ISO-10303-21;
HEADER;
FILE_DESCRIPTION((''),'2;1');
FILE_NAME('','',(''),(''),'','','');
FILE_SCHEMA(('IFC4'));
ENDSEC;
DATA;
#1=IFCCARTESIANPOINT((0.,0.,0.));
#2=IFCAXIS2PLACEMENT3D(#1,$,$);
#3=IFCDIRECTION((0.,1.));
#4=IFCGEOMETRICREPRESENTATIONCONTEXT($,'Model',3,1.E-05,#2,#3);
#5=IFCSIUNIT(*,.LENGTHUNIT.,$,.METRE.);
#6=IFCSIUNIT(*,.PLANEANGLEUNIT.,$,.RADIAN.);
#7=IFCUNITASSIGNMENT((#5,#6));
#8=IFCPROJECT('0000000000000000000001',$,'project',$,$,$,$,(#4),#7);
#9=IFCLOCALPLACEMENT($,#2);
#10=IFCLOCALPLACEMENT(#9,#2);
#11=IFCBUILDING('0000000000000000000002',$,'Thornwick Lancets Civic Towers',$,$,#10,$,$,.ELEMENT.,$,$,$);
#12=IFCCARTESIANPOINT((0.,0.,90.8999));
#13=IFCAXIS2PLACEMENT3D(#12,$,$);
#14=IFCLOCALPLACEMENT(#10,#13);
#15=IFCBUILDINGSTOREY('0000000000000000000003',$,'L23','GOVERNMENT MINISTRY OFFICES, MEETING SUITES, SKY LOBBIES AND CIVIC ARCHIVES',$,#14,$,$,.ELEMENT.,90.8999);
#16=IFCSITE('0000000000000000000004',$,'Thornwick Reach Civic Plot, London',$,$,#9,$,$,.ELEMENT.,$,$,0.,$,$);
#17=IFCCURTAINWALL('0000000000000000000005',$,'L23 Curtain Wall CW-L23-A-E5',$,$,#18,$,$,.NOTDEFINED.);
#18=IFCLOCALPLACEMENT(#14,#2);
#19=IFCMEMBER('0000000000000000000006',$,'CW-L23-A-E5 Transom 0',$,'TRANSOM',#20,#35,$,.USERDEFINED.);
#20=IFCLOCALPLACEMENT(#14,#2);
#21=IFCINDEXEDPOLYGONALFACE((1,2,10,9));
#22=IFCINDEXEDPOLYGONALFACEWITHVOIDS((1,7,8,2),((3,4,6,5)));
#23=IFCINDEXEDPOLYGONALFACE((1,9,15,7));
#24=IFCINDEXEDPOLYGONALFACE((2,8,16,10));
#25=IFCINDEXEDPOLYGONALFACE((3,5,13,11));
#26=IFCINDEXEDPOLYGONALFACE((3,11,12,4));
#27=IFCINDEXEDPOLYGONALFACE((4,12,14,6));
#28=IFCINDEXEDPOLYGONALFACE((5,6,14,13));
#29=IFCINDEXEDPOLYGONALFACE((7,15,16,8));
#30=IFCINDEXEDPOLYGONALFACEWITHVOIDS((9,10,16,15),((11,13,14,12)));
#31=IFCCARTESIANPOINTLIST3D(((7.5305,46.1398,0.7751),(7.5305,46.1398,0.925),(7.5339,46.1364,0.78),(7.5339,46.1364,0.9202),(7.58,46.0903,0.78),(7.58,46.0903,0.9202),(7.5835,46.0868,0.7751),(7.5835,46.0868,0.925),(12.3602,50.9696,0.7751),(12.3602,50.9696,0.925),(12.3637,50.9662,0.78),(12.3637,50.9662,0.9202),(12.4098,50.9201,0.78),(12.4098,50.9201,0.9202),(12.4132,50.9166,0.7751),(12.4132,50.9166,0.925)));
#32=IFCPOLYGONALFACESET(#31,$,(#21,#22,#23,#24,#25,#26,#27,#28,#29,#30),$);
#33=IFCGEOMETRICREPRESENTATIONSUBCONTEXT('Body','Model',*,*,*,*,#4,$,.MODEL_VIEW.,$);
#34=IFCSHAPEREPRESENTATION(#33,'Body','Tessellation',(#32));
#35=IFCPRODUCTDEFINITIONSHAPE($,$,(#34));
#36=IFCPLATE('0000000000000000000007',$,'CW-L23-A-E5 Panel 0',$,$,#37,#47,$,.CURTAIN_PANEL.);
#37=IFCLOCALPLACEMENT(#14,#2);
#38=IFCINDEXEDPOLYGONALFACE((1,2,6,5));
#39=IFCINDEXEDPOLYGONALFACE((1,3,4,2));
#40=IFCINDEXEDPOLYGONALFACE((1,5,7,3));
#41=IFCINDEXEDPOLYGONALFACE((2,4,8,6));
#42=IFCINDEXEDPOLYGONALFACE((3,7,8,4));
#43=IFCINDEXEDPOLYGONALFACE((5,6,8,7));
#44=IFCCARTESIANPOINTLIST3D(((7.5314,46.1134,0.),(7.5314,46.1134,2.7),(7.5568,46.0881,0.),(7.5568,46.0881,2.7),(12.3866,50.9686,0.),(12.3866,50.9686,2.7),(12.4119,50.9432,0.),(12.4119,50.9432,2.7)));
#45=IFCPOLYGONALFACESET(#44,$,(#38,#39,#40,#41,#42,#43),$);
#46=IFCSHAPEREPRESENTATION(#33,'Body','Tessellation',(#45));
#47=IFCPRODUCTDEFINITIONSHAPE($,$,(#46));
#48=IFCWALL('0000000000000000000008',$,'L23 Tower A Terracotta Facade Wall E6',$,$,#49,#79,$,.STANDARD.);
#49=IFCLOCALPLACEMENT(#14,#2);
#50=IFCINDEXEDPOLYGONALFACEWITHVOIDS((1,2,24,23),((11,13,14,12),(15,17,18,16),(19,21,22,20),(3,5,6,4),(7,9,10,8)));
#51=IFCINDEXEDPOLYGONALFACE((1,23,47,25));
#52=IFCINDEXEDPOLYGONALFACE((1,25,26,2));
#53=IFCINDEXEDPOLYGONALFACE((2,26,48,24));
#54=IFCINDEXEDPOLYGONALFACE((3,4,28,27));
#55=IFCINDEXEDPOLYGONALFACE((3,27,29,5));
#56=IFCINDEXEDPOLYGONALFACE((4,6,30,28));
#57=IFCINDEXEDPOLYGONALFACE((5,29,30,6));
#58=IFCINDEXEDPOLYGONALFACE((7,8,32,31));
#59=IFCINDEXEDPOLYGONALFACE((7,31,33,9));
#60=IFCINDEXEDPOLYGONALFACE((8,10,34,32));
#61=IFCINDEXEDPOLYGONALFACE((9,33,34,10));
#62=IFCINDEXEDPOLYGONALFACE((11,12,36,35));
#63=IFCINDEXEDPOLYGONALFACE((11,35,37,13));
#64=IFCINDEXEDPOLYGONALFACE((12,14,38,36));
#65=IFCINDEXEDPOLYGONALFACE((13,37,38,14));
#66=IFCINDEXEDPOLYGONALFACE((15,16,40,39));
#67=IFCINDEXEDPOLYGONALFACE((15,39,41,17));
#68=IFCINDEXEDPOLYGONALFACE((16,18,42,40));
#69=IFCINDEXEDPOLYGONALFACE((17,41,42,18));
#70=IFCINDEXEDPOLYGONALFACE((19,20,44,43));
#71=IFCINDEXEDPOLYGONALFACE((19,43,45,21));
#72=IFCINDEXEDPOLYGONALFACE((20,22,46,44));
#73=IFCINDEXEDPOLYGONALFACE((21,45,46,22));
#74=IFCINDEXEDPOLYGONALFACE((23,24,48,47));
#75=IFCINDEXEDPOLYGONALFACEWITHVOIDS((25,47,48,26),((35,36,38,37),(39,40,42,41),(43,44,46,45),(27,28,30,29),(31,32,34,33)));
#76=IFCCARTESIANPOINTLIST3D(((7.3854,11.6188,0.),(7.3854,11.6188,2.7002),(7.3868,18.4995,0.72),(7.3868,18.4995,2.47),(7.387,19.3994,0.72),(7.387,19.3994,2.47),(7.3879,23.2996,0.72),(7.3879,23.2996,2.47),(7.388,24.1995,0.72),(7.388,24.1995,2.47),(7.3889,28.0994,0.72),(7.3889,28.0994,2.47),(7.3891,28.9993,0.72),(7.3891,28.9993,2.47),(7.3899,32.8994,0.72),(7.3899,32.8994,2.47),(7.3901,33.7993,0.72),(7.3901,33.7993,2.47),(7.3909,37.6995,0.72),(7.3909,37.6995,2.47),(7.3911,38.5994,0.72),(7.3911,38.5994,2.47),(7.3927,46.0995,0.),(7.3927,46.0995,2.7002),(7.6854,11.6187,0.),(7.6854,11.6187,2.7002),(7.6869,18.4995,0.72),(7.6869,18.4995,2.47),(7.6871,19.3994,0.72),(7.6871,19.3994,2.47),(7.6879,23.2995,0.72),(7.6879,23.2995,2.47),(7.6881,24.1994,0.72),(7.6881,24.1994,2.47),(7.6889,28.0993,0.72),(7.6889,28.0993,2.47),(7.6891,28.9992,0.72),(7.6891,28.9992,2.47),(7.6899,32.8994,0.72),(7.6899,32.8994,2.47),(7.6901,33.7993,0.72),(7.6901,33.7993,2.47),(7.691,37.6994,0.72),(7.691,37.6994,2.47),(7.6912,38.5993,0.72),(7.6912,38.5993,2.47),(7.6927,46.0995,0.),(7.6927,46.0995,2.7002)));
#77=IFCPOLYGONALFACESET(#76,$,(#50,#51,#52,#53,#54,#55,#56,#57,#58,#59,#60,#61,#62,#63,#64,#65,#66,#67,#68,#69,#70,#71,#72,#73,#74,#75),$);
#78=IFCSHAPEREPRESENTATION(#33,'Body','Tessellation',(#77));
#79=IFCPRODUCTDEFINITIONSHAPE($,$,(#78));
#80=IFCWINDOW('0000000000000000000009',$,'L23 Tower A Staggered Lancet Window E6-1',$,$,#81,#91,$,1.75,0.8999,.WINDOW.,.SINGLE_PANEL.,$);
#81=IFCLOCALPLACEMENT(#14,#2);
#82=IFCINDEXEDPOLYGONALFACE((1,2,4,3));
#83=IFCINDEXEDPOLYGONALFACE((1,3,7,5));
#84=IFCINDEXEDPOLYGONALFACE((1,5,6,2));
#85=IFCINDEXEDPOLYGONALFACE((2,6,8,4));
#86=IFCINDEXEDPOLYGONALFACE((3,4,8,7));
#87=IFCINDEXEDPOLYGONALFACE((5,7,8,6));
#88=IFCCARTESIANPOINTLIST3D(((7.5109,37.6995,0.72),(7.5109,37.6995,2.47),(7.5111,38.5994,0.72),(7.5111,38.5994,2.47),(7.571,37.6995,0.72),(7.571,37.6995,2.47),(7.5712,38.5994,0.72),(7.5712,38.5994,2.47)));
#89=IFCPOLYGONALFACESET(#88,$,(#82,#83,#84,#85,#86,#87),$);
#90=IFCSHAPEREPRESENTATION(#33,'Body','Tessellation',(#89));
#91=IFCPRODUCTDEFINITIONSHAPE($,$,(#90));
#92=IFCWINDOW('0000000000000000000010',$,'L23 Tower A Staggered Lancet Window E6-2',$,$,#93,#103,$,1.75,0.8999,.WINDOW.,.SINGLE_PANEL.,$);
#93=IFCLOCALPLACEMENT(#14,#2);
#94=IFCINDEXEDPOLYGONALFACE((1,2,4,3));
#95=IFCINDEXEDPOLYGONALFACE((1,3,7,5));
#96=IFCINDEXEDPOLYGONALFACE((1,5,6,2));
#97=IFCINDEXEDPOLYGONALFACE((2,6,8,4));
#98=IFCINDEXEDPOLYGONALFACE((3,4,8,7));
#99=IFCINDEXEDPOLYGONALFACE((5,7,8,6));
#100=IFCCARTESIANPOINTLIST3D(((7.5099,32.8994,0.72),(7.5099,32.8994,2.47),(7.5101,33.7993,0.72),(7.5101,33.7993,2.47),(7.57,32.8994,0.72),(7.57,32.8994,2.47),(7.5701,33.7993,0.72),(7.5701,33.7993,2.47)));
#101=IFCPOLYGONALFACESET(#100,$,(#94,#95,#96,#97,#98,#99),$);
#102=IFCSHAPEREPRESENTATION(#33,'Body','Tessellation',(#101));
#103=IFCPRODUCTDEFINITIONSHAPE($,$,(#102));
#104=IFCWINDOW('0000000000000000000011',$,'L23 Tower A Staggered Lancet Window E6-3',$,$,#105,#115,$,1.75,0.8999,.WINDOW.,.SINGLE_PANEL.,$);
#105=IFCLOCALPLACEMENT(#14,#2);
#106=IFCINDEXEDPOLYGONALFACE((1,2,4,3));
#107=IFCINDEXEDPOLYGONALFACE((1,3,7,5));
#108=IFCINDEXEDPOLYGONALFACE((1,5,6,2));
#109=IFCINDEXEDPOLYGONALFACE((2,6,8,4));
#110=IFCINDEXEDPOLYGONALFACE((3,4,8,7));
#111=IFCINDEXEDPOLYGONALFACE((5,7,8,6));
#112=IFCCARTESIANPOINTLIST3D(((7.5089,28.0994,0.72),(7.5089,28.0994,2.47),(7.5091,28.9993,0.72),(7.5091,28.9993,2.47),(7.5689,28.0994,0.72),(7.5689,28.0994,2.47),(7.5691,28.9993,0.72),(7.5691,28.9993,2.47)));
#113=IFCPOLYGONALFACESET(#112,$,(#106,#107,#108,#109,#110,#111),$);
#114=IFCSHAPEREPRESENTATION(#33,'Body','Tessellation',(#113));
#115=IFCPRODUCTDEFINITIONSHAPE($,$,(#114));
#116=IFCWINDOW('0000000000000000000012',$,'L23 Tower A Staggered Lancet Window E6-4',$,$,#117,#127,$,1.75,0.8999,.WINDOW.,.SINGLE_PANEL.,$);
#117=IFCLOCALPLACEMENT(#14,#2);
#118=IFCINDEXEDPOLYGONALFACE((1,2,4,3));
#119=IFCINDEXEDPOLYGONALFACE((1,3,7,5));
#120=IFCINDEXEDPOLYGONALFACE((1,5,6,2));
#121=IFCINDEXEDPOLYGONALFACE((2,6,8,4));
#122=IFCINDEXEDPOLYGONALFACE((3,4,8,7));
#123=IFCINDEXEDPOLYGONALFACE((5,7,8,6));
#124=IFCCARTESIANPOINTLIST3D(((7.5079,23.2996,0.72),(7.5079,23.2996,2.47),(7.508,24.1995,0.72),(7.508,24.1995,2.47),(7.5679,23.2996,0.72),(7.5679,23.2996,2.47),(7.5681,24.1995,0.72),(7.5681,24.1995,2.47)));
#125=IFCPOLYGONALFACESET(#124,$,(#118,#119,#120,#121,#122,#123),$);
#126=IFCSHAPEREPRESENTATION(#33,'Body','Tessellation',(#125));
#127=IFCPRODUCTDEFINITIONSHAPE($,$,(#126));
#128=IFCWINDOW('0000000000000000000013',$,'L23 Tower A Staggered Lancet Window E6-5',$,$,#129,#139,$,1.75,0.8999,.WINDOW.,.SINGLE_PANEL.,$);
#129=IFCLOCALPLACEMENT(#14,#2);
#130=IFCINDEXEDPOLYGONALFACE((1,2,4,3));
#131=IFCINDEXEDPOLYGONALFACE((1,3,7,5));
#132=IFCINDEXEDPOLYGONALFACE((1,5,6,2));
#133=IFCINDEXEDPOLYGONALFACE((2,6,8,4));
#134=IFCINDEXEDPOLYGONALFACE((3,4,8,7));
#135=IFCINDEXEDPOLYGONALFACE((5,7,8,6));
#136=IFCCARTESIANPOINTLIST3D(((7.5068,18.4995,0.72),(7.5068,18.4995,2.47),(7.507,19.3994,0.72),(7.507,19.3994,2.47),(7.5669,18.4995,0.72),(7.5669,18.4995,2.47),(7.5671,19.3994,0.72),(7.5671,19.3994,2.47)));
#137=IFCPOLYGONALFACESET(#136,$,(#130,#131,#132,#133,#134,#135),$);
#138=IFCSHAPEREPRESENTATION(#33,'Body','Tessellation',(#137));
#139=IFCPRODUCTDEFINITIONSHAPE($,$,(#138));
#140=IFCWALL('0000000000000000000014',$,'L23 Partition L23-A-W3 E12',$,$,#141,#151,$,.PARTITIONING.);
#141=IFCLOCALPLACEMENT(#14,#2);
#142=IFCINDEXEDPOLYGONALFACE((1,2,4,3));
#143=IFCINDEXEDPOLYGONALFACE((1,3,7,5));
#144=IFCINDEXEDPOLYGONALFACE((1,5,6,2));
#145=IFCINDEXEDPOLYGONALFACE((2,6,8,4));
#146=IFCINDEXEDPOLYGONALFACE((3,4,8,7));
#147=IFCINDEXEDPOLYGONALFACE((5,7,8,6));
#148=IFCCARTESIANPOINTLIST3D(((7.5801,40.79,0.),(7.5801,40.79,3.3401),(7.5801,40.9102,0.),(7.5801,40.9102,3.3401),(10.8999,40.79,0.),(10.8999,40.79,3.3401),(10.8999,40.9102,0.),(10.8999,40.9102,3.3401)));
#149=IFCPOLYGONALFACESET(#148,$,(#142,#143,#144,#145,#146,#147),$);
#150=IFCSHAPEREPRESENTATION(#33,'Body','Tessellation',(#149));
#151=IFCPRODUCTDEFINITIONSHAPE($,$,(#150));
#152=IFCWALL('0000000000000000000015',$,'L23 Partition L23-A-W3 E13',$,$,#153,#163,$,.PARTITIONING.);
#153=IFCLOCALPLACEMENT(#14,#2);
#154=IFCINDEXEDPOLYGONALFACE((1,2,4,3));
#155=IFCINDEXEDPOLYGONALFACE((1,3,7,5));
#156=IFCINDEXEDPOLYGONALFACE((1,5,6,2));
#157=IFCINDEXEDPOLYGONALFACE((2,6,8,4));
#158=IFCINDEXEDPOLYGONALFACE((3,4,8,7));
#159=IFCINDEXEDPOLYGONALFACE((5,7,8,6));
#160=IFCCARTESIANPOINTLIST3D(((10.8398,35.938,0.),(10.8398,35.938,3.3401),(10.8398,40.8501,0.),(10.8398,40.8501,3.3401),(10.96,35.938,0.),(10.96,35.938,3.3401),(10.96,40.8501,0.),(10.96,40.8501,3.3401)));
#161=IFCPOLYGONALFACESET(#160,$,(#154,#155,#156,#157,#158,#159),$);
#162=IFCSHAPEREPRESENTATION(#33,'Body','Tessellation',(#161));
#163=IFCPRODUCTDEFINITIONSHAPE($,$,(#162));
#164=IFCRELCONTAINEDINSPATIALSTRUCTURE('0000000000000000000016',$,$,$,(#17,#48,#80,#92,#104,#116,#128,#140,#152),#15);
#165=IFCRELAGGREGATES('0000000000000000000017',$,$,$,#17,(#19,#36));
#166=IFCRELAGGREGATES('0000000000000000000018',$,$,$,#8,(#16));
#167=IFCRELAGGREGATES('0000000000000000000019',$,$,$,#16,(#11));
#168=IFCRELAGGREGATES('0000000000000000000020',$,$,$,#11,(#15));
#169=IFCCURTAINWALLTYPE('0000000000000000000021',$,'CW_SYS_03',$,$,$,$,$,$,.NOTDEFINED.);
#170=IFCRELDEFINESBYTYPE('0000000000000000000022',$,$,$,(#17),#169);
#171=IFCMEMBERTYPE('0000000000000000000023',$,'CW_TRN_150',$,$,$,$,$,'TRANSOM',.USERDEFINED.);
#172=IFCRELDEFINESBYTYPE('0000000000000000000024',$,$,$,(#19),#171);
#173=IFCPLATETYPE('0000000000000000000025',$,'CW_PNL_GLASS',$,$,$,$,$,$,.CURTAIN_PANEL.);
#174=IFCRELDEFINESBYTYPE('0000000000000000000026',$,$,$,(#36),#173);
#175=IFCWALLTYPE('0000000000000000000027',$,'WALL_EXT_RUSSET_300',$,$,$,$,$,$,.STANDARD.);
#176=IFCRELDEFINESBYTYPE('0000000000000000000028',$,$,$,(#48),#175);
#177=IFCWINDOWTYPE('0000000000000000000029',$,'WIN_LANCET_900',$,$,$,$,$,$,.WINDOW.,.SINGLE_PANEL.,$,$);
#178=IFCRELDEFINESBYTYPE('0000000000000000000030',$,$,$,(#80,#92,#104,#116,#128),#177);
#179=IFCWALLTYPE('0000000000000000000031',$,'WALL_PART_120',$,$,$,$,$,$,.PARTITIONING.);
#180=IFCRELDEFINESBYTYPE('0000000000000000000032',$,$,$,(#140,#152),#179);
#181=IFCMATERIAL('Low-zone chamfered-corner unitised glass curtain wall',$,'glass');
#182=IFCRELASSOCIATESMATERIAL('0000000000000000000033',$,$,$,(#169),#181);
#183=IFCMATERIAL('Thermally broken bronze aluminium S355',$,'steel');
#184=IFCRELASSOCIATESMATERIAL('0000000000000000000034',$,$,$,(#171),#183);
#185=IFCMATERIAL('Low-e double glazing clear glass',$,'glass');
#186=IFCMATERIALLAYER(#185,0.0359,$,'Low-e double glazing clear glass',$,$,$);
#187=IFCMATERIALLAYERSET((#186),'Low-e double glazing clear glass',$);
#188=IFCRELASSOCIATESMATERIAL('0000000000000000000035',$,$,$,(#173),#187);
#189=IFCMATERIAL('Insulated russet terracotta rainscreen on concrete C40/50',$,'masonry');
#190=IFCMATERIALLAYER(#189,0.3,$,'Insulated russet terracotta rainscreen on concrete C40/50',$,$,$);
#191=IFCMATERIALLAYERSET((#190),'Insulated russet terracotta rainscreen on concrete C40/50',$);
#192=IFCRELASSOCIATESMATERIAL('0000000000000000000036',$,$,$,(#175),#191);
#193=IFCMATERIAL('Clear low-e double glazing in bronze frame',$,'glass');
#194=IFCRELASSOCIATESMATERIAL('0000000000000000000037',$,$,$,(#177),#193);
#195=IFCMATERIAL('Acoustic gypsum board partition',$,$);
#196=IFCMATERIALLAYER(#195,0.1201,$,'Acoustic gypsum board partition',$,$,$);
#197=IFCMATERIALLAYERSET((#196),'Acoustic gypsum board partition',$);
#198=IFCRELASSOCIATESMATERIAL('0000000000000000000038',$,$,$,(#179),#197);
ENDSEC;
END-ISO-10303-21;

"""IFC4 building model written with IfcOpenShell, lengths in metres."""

from ifc_helpers import new_model, si_unit, direction, frame, frame_2d, origin, origin_2d, place, context, subcontext, project, spatial, rectangle, hollow_rectangle, extrude, material, layer, layer_set, material_profile, profile_set, type_object, element, fill, aggregate, save


model = new_model("IFC4")

# Units and contexts
model_context = context("Model", 3, precision=1e-05, world=origin(), true_north=direction((0.0, 1.0)))
body_context = subcontext(model_context, "Body", "Model", "MODEL_VIEW")
ifc_project = project(units=[si_unit("LENGTHUNIT", "METRE"), si_unit("PLANEANGLEUNIT", "RADIAN")], contexts=[model_context])

# Site, building, storey
site_placement = place(None, origin())
site = spatial("IfcSite", under=ifc_project, at=site_placement, Name="Thornwick Reach Civic Plot, London", CompositionType="ELEMENT", RefElevation=0.0)
building_placement = place(site_placement, origin())
building = spatial("IfcBuilding", under=site, at=building_placement, Name="Thornwick Lancets Civic Towers", CompositionType="ELEMENT")
storey_placement = place(building_placement, frame((0.0, 0.0, 90.8999)))
storey = spatial("IfcBuildingStorey", under=building, at=storey_placement, Name="L23", Description="GOVERNMENT MINISTRY OFFICES, MEETING SUITES, SKY LOBBIES AND CIVIC ARCHIVES", CompositionType="ELEMENT", Elevation=90.8999)

# Curtain wall, member, plate
ifc_material_1 = material(Name="Low-zone chamfered-corner unitised glass curtain wall", Category="glass")
curtain_wall_type = type_object("IfcCurtainWallType", Name="CW_SYS_03", PredefinedType="NOTDEFINED", material=ifc_material_1)
curtain_wall_placement = place(storey_placement, origin())
curtain_wall = element("IfcCurtainWall", 1, at=curtain_wall_placement, inside=storey, type_object=curtain_wall_type, Name="L23 Curtain Wall CW-L23-A-E5", PredefinedType="NOTDEFINED")
ifc_material_2 = material(Name="Thermally broken bronze aluminium S355", Category="steel")
ifc_material_profile_1 = material_profile(ifc_material_2, hollow_rectangle(XDim=0.075, YDim=0.1499, WallThickness=0.0049, at=origin_2d()), Name="RHS 150x75x5")
ifc_profile_set_1 = profile_set([ifc_material_profile_1], Name="Thermally broken bronze aluminium S355")
member_type_1 = type_object("IfcMemberType", Name="CW_TRN_150", ElementType="TRANSOM", PredefinedType="USERDEFINED", material=ifc_profile_set_1)
member_1_placement = place(storey_placement, frame((12.3867, 50.9431, 0.8501), z_axis=(-0.707107, -0.707107, 0.0), x_axis=(0.707107, -0.707107, 0.0)))
member_1 = element("IfcMember", 2, at=member_1_placement, type_object=member_type_1, Name="CW-L23-A-E5 Transom 0", ObjectType="TRANSOM", PredefinedType="USERDEFINED", context=body_context, shape_type="SweptSolid", body=[
    extrude(hollow_rectangle(XDim=0.075, YDim=0.1499, WallThickness=0.0049, at=origin_2d()), origin(), (0.0, 0.0, 1.0), 6.8303),
])
ifc_material_3 = material(Name="Low-e double glazing clear glass", Category="glass")
ifc_layer_1 = layer(ifc_material_3, 0.0359, Name="Low-e double glazing clear glass")
ifc_layer_set_1 = layer_set([ifc_layer_1], Name="Low-e double glazing clear glass")
plate_type = type_object("IfcPlateType", Name="CW_PNL_GLASS", PredefinedType="CURTAIN_PANEL", material=ifc_layer_set_1)
plate_placement = place(storey_placement, frame((9.9717, 48.5283, 0.0), z_axis=(0.0, 0.0, 1.0), x_axis=(-0.707107, -0.707107, 0.0)))
plate = element("IfcPlate", 3, at=plate_placement, type_object=plate_type, Name="CW-L23-A-E5 Panel 0", PredefinedType="CURTAIN_PANEL", context=body_context, shape_type="SweptSolid", body=[
    extrude(rectangle(XDim=6.8662, YDim=0.0359, at=origin_2d()), origin(), (0.0, 0.0, 1.0), 2.7),
])
aggregate(curtain_wall, [member_1, plate])

# Wall, openings, windows
ifc_material_4 = material(Name="Insulated russet terracotta rainscreen on concrete C40/50", Category="masonry")
ifc_layer_2 = layer(ifc_material_4, 0.3, Name="Insulated russet terracotta rainscreen on concrete C40/50")
ifc_layer_set_2 = layer_set([ifc_layer_2], Name="Insulated russet terracotta rainscreen on concrete C40/50")
wall_type_1 = type_object("IfcWallType", Name="WALL_EXT_RUSSET_300", PredefinedType="STANDARD", material=ifc_layer_set_2)
wall_1_placement = place(storey_placement, frame((7.5427, 46.0994, 0.0), z_axis=(0.0, 0.0, 1.0), x_axis=(-0.000212, -1.0, 0.0)))
wall_1 = element("IfcWall", 4, at=wall_1_placement, inside=storey, type_object=wall_type_1, Name="L23 Tower A Terracotta Facade Wall E6", PredefinedType="STANDARD", context=body_context, shape_type="SweptSolid", body=[
    extrude(rectangle(XDim=34.4807, YDim=0.3, at=frame_2d((17.2402, 0.0))), origin(), (0.0, 0.0, 1.0), 2.7002),
])
opening_1_placement = place(wall_1_placement, frame((7.5, 0.0, 0.72)))
opening_1 = element("IfcOpeningElement", 5, at=opening_1_placement, cuts=wall_1, PredefinedType="OPENING", context=body_context, shape_type="SweptSolid", body=[
    extrude(rectangle(XDim=0.8999, YDim=1.75, at=frame_2d((0.45, 0.875))), frame((0.0, 0.1602, 0.0), z_axis=(0.0, -1.0, 0.0), x_axis=(1.0, 0.0, 0.0)), (0.0, 0.0, 1.0), 0.3201),
])
opening_2_placement = place(wall_1_placement, frame((12.3, 0.0, 0.72)))
opening_2 = element("IfcOpeningElement", 6, at=opening_2_placement, cuts=wall_1, PredefinedType="OPENING", context=body_context, shape_type="SweptSolid", body=[
    extrude(rectangle(XDim=0.8999, YDim=1.75, at=frame_2d((0.45, 0.875))), frame((0.0, 0.1602, 0.0), z_axis=(0.0, -1.0, 0.0), x_axis=(1.0, 0.0, 0.0)), (0.0, 0.0, 1.0), 0.3201),
])
opening_3_placement = place(wall_1_placement, frame((17.1001, 0.0, 0.72)))
opening_3 = element("IfcOpeningElement", 7, at=opening_3_placement, cuts=wall_1, PredefinedType="OPENING", context=body_context, shape_type="SweptSolid", body=[
    extrude(rectangle(XDim=0.8999, YDim=1.75, at=frame_2d((0.45, 0.875))), frame((0.0, 0.1602, 0.0), z_axis=(0.0, -1.0, 0.0), x_axis=(1.0, 0.0, 0.0)), (0.0, 0.0, 1.0), 0.3201),
])
opening_4_placement = place(wall_1_placement, frame((21.8999, 0.0, 0.72)))
opening_4 = element("IfcOpeningElement", 8, at=opening_4_placement, cuts=wall_1, PredefinedType="OPENING", context=body_context, shape_type="SweptSolid", body=[
    extrude(rectangle(XDim=0.8999, YDim=1.75, at=frame_2d((0.45, 0.875))), frame((0.0, 0.1602, 0.0), z_axis=(0.0, -1.0, 0.0), x_axis=(1.0, 0.0, 0.0)), (0.0, 0.0, 1.0), 0.3201),
])
opening_5_placement = place(wall_1_placement, frame((26.7, 0.0, 0.72)))
opening_5 = element("IfcOpeningElement", 9, at=opening_5_placement, cuts=wall_1, PredefinedType="OPENING", context=body_context, shape_type="SweptSolid", body=[
    extrude(rectangle(XDim=0.8999, YDim=1.75, at=frame_2d((0.45, 0.875))), frame((0.0, 0.1602, 0.0), z_axis=(0.0, -1.0, 0.0), x_axis=(1.0, 0.0, 0.0)), (0.0, 0.0, 1.0), 0.3201),
])
ifc_material_5 = material(Name="Clear low-e double glazing in bronze frame", Category="glass")
window_type = type_object("IfcWindowType", Name="WIN_LANCET_900", PartitioningType="SINGLE_PANEL", PredefinedType="WINDOW", material=ifc_material_5)
window_1_placement = place(opening_1_placement, origin())
window_1 = element("IfcWindow", 10, at=window_1_placement, inside=storey, type_object=window_type, Name="L23 Tower A Staggered Lancet Window E6-1", OverallHeight=1.75, OverallWidth=0.8999, PartitioningType="SINGLE_PANEL", PredefinedType="WINDOW", context=body_context, shape_type="SweptSolid", body=[
    extrude(rectangle(XDim=0.8999, YDim=1.75, at=frame_2d((0.45, 0.875))), frame((0.0, 0.03, 0.0), z_axis=(0.0, -1.0, 0.0), x_axis=(1.0, 0.0, 0.0)), (0.0, 0.0, 1.0), 0.0601),
])
fill(opening_1, window_1)
window_2_placement = place(opening_2_placement, origin())
window_2 = element("IfcWindow", 11, at=window_2_placement, inside=storey, type_object=window_type, Name="L23 Tower A Staggered Lancet Window E6-2", OverallHeight=1.75, OverallWidth=0.8999, PartitioningType="SINGLE_PANEL", PredefinedType="WINDOW", context=body_context, shape_type="SweptSolid", body=[
    extrude(rectangle(XDim=0.8999, YDim=1.75, at=frame_2d((0.45, 0.875))), frame((0.0, 0.03, 0.0), z_axis=(0.0, -1.0, 0.0), x_axis=(1.0, 0.0, 0.0)), (0.0, 0.0, 1.0), 0.0601),
])
fill(opening_2, window_2)
window_3_placement = place(opening_3_placement, origin())
window_3 = element("IfcWindow", 12, at=window_3_placement, inside=storey, type_object=window_type, Name="L23 Tower A Staggered Lancet Window E6-3", OverallHeight=1.75, OverallWidth=0.8999, PartitioningType="SINGLE_PANEL", PredefinedType="WINDOW", context=body_context, shape_type="SweptSolid", body=[
    extrude(rectangle(XDim=0.8999, YDim=1.75, at=frame_2d((0.45, 0.875))), frame((0.0, 0.03, 0.0), z_axis=(0.0, -1.0, 0.0), x_axis=(1.0, 0.0, 0.0)), (0.0, 0.0, 1.0), 0.0601),
])
fill(opening_3, window_3)
window_4_placement = place(opening_4_placement, origin())
window_4 = element("IfcWindow", 13, at=window_4_placement, inside=storey, type_object=window_type, Name="L23 Tower A Staggered Lancet Window E6-4", OverallHeight=1.75, OverallWidth=0.8999, PartitioningType="SINGLE_PANEL", PredefinedType="WINDOW", context=body_context, shape_type="SweptSolid", body=[
    extrude(rectangle(XDim=0.8999, YDim=1.75, at=frame_2d((0.45, 0.875))), frame((0.0, 0.03, 0.0), z_axis=(0.0, -1.0, 0.0), x_axis=(1.0, 0.0, 0.0)), (0.0, 0.0, 1.0), 0.0601),
])
fill(opening_4, window_4)
window_5_placement = place(opening_5_placement, origin())
window_5 = element("IfcWindow", 14, at=window_5_placement, inside=storey, type_object=window_type, Name="L23 Tower A Staggered Lancet Window E6-5", OverallHeight=1.75, OverallWidth=0.8999, PartitioningType="SINGLE_PANEL", PredefinedType="WINDOW", context=body_context, shape_type="SweptSolid", body=[
    extrude(rectangle(XDim=0.8999, YDim=1.75, at=frame_2d((0.45, 0.875))), frame((0.0, 0.03, 0.0), z_axis=(0.0, -1.0, 0.0), x_axis=(1.0, 0.0, 0.0)), (0.0, 0.0, 1.0), 0.0601),
])
fill(opening_5, window_5)

# Walls
ifc_material_6 = material(Name="Acoustic gypsum board partition")
ifc_layer_3 = layer(ifc_material_6, 0.1201, Name="Acoustic gypsum board partition")
ifc_layer_set_3 = layer_set([ifc_layer_3], Name="Acoustic gypsum board partition")
wall_type_2 = type_object("IfcWallType", Name="WALL_PART_120", PredefinedType="PARTITIONING", material=ifc_layer_set_3)
wall_2_placement = place(storey_placement, frame((7.5801, 40.8501, 0.0), z_axis=(0.0, 0.0, 1.0), x_axis=(1.0, 0.0, 0.0)))
element("IfcWall", 15, at=wall_2_placement, inside=storey, type_object=wall_type_2, Name="L23 Partition L23-A-W3 E12", PredefinedType="PARTITIONING", context=body_context, shape_type="SweptSolid", body=[
    extrude(rectangle(XDim=3.3198, YDim=0.1201, at=frame_2d((1.6599, 0.0))), origin(), (0.0, 0.0, 1.0), 3.3401),
])
wall_3_placement = place(storey_placement, frame((10.8999, 40.8501, 0.0), z_axis=(0.0, 0.0, 1.0), x_axis=(0.0, -1.0, 0.0)))
element("IfcWall", 16, at=wall_3_placement, inside=storey, type_object=wall_type_2, Name="L23 Partition L23-A-W3 E13", PredefinedType="PARTITIONING", context=body_context, shape_type="SweptSolid", body=[
    extrude(rectangle(XDim=4.9121, YDim=0.1201, at=frame_2d((2.4561, 0.0))), origin(), (0.0, 0.0, 1.0), 3.3401),
])

save(model, "model.ifc")
